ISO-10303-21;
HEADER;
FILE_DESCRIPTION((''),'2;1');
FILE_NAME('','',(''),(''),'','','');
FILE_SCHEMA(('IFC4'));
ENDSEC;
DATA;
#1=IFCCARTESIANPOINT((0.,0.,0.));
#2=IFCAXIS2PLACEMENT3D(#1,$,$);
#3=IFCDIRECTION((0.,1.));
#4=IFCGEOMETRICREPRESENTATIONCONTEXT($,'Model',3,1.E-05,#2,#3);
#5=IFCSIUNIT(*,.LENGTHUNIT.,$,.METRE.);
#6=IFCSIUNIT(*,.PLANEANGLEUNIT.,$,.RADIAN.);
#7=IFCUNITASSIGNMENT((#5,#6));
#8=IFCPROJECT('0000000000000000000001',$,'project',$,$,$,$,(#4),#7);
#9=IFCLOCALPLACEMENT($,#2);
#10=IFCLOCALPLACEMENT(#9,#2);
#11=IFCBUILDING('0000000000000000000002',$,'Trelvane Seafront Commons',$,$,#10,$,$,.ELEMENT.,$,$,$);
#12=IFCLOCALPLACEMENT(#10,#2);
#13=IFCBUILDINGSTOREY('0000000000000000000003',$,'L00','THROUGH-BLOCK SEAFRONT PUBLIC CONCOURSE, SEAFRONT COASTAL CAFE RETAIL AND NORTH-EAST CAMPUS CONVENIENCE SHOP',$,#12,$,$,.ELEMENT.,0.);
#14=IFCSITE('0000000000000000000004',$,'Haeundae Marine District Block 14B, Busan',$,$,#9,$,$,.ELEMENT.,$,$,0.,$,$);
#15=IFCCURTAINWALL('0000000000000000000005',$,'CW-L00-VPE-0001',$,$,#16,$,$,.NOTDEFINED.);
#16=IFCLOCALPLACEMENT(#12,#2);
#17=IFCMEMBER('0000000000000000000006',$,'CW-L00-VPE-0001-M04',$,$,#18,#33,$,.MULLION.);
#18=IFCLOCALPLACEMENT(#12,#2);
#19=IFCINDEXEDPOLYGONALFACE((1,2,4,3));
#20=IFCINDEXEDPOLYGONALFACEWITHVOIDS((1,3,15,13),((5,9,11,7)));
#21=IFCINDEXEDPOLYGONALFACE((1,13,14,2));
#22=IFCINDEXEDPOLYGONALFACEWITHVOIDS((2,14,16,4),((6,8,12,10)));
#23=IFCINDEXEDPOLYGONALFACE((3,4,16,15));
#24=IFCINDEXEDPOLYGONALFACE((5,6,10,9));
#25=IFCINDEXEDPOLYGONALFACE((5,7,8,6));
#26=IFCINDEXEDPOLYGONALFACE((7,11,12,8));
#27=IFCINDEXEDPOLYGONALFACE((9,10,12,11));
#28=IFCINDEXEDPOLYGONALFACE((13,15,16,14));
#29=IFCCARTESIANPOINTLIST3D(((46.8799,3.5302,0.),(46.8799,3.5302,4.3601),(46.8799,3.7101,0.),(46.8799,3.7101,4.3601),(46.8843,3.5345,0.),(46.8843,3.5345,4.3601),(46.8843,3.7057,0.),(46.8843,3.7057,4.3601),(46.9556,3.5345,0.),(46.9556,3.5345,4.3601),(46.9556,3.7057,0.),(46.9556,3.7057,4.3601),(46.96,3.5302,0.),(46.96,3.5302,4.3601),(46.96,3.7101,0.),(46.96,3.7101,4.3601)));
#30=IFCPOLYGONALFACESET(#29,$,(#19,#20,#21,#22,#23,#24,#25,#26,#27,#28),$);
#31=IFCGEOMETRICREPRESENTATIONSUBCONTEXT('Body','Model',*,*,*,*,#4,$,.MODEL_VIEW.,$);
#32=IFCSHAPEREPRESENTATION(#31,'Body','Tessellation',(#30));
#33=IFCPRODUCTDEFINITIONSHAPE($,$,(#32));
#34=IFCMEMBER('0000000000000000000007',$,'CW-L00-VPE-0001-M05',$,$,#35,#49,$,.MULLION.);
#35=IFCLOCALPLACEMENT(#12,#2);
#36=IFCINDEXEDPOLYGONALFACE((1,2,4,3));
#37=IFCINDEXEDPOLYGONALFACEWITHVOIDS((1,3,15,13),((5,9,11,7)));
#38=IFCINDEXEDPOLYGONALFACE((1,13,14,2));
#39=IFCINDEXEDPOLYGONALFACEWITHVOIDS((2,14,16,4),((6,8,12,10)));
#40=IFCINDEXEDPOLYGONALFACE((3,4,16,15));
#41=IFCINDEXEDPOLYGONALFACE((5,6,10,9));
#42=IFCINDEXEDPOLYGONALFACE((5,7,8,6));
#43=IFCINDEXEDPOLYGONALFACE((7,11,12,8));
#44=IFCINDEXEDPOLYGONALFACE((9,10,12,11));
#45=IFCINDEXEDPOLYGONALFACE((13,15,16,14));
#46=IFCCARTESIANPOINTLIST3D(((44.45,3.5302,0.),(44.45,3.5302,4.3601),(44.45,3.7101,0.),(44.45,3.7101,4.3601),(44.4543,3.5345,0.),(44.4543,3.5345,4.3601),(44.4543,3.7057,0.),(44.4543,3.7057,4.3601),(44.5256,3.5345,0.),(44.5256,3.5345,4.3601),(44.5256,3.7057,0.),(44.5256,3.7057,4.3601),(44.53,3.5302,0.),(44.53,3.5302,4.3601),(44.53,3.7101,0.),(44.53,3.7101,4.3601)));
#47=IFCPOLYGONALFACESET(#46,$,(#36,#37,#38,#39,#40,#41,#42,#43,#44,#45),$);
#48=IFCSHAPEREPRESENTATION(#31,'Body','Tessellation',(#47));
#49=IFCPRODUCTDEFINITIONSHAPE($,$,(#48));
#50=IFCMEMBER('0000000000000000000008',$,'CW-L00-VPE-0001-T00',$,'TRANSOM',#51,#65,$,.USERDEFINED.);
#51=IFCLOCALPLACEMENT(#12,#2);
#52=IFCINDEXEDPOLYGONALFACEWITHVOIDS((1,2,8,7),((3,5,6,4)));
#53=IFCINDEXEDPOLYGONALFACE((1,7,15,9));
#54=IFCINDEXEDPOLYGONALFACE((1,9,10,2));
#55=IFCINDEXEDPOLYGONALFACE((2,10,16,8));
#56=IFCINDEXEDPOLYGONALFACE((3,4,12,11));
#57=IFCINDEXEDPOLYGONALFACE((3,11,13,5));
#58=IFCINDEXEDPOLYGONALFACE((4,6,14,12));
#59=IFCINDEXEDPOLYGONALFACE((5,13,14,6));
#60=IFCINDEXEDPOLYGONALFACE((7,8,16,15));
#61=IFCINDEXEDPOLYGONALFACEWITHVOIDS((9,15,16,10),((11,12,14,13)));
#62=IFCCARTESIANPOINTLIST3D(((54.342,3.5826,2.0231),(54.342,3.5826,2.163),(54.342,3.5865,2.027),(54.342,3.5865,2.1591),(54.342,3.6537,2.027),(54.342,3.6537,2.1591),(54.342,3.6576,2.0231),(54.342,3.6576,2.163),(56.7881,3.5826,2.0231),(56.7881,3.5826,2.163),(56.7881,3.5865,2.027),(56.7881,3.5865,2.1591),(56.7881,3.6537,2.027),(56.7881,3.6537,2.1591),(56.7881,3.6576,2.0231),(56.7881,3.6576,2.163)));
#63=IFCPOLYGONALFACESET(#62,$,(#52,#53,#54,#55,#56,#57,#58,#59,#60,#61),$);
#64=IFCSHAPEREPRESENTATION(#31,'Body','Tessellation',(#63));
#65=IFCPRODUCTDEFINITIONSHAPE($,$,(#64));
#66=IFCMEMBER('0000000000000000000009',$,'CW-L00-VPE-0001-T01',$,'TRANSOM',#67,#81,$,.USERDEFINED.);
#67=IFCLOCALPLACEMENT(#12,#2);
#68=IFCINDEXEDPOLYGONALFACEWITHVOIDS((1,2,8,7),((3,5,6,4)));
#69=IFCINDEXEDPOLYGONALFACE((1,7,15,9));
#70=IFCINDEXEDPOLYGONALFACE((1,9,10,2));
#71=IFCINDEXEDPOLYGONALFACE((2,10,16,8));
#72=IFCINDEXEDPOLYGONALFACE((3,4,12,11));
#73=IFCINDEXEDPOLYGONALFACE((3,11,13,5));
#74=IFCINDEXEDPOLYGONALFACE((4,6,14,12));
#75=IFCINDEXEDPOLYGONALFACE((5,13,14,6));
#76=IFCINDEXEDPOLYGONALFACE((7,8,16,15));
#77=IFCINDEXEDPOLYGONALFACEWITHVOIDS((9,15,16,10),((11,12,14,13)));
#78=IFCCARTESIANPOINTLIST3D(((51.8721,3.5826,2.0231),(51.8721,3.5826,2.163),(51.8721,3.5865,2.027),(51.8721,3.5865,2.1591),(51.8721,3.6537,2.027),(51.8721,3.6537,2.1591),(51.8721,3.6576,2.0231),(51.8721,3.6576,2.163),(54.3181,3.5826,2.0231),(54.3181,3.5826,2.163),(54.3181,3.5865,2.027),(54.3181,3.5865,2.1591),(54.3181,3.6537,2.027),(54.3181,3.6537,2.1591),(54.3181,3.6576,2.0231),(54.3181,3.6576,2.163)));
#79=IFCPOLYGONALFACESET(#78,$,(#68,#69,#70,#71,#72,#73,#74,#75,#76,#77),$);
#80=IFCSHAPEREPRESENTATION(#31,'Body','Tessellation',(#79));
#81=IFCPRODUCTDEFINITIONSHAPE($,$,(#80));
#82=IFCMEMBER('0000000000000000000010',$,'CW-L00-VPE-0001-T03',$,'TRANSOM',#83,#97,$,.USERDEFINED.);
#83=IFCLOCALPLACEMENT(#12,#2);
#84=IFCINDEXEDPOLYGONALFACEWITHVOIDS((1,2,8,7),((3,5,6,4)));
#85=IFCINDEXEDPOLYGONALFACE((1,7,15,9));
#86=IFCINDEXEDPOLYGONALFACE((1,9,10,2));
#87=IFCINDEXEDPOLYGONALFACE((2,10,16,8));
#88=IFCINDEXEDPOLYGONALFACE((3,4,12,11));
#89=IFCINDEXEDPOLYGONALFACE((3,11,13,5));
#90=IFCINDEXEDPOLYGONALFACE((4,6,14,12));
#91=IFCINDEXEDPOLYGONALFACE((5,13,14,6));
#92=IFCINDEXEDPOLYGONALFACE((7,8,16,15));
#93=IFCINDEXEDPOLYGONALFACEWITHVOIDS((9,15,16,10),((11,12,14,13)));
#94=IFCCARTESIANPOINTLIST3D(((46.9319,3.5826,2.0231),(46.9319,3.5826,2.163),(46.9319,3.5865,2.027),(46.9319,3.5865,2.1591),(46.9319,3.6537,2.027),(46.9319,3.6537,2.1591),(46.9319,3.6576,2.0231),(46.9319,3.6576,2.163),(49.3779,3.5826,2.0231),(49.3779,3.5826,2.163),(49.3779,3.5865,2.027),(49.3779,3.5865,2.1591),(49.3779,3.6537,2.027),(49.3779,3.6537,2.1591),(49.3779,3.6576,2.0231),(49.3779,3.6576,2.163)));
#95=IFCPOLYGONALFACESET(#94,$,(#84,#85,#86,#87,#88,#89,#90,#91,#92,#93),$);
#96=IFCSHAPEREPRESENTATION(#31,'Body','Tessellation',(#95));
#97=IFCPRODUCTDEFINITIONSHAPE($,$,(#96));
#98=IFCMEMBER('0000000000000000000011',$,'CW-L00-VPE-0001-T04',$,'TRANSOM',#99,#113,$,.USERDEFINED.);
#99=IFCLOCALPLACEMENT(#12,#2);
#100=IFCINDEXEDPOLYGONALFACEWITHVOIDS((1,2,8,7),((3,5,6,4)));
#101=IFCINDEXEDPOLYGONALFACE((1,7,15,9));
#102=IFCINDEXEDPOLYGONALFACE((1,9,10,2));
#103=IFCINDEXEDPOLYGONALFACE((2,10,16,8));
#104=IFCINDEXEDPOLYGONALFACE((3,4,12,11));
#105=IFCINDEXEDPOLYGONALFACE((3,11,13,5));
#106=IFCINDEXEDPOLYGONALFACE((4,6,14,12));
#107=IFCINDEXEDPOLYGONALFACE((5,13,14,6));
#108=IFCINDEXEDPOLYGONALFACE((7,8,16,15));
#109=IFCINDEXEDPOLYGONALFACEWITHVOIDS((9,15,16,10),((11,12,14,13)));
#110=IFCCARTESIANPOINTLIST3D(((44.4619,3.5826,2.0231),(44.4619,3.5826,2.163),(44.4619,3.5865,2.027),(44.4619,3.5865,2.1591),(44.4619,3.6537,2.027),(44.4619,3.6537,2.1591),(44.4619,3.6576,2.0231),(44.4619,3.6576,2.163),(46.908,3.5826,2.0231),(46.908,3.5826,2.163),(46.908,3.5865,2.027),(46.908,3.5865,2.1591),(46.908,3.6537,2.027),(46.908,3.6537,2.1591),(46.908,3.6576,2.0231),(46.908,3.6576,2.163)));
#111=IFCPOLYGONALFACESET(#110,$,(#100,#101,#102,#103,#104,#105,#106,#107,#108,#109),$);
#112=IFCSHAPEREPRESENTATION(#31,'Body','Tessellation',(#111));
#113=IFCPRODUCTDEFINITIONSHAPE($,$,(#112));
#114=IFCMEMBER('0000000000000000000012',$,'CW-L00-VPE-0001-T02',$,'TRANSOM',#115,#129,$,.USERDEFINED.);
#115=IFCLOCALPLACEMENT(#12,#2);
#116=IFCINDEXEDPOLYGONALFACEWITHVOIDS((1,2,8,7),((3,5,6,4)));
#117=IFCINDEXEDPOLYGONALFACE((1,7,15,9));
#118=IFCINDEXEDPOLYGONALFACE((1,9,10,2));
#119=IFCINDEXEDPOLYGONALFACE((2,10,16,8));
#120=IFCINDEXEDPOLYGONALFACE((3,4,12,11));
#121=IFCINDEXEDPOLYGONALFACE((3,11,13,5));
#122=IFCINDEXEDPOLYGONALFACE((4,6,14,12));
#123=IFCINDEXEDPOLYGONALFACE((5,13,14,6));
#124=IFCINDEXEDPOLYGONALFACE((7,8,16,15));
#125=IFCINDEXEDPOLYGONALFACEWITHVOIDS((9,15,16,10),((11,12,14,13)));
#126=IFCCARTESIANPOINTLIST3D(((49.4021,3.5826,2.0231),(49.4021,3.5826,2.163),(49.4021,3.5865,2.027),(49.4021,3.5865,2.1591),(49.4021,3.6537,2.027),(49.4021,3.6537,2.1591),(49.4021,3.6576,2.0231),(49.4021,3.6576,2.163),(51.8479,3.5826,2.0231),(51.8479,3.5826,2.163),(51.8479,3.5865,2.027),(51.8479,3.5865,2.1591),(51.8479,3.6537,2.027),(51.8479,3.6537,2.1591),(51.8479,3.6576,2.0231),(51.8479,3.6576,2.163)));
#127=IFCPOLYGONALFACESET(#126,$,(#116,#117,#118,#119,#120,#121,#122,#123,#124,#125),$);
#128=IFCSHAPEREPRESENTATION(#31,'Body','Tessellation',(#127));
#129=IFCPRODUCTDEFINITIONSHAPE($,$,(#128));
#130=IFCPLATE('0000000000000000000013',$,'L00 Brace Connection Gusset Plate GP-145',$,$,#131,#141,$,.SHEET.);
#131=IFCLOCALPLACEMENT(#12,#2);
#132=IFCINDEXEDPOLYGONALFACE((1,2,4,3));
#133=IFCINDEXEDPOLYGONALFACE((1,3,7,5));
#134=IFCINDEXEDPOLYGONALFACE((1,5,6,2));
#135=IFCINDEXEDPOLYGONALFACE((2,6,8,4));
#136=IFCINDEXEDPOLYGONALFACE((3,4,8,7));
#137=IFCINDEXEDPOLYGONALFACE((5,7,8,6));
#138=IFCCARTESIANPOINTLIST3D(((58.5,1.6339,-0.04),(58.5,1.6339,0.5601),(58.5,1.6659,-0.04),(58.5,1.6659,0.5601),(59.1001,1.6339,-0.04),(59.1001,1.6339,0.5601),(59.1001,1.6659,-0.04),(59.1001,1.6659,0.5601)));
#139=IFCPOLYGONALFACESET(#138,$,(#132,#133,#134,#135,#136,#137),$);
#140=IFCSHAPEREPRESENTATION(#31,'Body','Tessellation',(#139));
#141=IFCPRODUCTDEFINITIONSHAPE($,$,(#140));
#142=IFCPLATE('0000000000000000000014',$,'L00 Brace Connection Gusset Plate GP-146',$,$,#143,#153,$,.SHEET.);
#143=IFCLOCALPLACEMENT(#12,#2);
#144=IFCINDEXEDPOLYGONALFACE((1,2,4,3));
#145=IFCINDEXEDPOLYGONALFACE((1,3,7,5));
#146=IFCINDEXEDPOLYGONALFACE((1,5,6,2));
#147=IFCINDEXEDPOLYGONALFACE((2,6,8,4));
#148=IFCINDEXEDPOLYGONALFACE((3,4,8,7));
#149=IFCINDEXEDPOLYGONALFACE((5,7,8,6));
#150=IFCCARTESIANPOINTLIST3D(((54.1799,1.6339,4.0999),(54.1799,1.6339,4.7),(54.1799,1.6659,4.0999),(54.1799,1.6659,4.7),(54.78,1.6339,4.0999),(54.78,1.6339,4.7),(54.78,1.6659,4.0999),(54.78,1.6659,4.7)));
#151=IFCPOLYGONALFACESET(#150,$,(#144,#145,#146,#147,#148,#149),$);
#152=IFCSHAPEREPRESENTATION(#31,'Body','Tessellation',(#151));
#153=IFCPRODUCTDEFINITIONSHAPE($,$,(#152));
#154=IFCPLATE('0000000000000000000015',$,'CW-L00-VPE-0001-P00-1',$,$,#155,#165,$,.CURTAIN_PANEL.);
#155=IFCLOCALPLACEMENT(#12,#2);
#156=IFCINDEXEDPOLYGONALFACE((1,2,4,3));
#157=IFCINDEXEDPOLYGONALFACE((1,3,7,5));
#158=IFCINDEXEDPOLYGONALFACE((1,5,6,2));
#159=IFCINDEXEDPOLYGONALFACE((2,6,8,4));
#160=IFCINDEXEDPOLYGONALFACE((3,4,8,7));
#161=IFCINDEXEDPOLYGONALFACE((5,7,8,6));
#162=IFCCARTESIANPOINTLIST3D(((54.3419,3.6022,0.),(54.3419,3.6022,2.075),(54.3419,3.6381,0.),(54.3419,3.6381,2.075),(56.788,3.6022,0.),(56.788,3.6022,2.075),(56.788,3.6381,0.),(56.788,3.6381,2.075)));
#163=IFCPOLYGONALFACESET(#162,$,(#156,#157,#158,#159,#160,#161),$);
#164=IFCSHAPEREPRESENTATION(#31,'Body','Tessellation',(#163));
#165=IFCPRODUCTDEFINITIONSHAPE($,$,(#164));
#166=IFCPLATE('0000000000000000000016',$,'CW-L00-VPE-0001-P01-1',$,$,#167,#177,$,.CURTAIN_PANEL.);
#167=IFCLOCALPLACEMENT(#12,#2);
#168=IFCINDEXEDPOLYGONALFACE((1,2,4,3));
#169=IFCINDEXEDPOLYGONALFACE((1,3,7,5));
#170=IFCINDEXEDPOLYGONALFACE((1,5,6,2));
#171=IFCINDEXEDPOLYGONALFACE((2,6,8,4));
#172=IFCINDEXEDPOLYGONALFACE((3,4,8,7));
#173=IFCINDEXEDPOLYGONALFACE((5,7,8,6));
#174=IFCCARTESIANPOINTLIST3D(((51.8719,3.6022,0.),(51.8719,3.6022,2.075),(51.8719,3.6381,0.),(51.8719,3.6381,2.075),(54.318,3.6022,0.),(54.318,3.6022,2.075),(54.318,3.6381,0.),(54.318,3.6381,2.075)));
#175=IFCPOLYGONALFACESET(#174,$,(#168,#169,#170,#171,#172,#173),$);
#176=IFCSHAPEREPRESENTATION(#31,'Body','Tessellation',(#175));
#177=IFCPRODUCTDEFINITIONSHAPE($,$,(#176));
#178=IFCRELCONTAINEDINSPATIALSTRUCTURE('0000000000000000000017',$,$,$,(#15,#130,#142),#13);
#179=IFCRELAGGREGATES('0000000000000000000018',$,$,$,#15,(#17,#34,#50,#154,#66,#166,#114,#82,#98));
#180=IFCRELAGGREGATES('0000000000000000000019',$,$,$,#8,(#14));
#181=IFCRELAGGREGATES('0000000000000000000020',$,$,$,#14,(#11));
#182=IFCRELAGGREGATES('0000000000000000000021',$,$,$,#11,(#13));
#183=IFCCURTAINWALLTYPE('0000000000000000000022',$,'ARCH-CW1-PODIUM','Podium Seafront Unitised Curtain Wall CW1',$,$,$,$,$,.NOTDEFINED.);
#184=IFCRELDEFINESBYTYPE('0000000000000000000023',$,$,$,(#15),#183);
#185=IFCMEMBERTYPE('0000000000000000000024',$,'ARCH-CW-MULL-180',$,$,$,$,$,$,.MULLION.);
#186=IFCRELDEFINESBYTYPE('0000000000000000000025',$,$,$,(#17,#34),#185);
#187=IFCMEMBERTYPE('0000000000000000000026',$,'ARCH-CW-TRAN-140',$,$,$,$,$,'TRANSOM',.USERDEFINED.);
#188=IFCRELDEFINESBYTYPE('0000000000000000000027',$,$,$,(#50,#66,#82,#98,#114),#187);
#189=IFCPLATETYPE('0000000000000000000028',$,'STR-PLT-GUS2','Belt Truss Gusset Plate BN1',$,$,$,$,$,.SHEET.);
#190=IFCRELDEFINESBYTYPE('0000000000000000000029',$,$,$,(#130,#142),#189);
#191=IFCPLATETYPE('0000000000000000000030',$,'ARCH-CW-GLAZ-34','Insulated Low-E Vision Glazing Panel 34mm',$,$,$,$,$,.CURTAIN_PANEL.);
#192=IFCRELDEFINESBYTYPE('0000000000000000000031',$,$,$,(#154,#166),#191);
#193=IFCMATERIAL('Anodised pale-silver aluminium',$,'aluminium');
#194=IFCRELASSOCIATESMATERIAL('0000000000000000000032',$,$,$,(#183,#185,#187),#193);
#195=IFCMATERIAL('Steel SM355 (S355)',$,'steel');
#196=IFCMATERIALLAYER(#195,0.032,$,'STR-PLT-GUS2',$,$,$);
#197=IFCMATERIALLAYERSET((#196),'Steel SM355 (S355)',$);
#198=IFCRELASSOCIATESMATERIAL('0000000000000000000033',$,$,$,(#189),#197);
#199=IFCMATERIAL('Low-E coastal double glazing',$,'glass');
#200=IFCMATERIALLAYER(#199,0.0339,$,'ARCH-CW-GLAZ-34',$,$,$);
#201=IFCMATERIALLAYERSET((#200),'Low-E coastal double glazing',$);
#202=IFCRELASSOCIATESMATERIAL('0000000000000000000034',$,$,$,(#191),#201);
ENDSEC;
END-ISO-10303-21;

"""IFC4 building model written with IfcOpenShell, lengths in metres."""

from ifc_helpers import new_model, si_unit, direction, frame, origin, origin_2d, place, context, subcontext, project, spatial, rectangle, hollow_rectangle, extrude, source, transform, mapped, material, layer, layer_set, material_profile, profile_set, type_object, element, aggregate, save


model = new_model("IFC4")

# Units and contexts
model_context = context("Model", 3, precision=1e-05, world=origin(), true_north=direction((0.0, 1.0)))
body_context = subcontext(model_context, "Body", "Model", "MODEL_VIEW")
ifc_project = project(units=[si_unit("LENGTHUNIT", "METRE"), si_unit("PLANEANGLEUNIT", "RADIAN")], contexts=[model_context])

# Site, building, storey
site_placement = place(None, origin())
site = spatial("IfcSite", under=ifc_project, at=site_placement, Name="Haeundae Marine District Block 14B, Busan", CompositionType="ELEMENT", RefElevation=0.0)
building_placement = place(site_placement, origin())
building = spatial("IfcBuilding", under=site, at=building_placement, Name="Trelvane Seafront Commons", CompositionType="ELEMENT")
storey_placement = place(building_placement, origin())
storey = spatial("IfcBuildingStorey", under=building, at=storey_placement, Name="L00", Description="THROUGH-BLOCK SEAFRONT PUBLIC CONCOURSE, SEAFRONT COASTAL CAFE RETAIL AND NORTH-EAST CAMPUS CONVENIENCE SHOP", CompositionType="ELEMENT", Elevation=0.0)

# Shared definitions
ifc_material_1 = material(Name="Steel SM355 (S355)", Category="steel")

# Curtain wall, members
ifc_material_2 = material(Name="Anodised pale-silver aluminium", Category="aluminium")
curtain_wall_type = type_object("IfcCurtainWallType", Name="ARCH-CW1-PODIUM", Description="Podium Seafront Unitised Curtain Wall CW1", PredefinedType="NOTDEFINED", material=ifc_material_2)
curtain_wall_placement = place(storey_placement, origin())
curtain_wall = element("IfcCurtainWall", 1, at=curtain_wall_placement, inside=storey, type_object=curtain_wall_type, Name="CW-L00-VPE-0001", PredefinedType="NOTDEFINED")
ifc_material_profile_1 = material_profile(ifc_material_2, hollow_rectangle(XDim=0.0801, YDim=0.1799, WallThickness=0.0044, at=origin_2d()), Name="MULL-80x180x4.5")
ifc_profile_set_1 = profile_set([ifc_material_profile_1], Name="Anodised pale-silver aluminium")
member_type_1 = type_object("IfcMemberType", Name="ARCH-CW-MULL-180", PredefinedType="MULLION", material=ifc_profile_set_1)
shared_shape_1 = source(origin(), body_context, "Body", "SweptSolid", [
    extrude(hollow_rectangle(XDim=0.0801, YDim=0.1799, WallThickness=0.0044, at=origin_2d()), origin(), (0.0, 0.0, 1.0), 4.3601),
])
member_1_placement = place(storey_placement, frame((46.9199, 3.6201, 0.0), z_axis=(0.0, 0.0, 1.0), x_axis=(1.0, 0.0, 0.0)))
member_1 = element("IfcMember", 2, at=member_1_placement, type_object=member_type_1, Name="CW-L00-VPE-0001-M04", PredefinedType="MULLION", context=body_context, shape_type="MappedRepresentation", body=[
    mapped(shared_shape_1, transform((0.0, 0.0, 0.0), x_axis=(1.0, 0.0, 0.0), y_axis=(0.0, 1.0, 0.0), z_axis=(0.0, 0.0, 1.0), scale=1.0)),
])
member_2_placement = place(storey_placement, frame((44.49, 3.6201, 0.0), z_axis=(0.0, 0.0, 1.0), x_axis=(1.0, 0.0, 0.0)))
member_2 = element("IfcMember", 3, at=member_2_placement, type_object=member_type_1, Name="CW-L00-VPE-0001-M05", PredefinedType="MULLION", context=body_context, shape_type="MappedRepresentation", body=[
    mapped(shared_shape_1, transform((0.0, 0.0, 0.0), x_axis=(1.0, 0.0, 0.0), y_axis=(0.0, 1.0, 0.0), z_axis=(0.0, 0.0, 1.0), scale=1.0)),
])
ifc_material_profile_2 = material_profile(ifc_material_2, hollow_rectangle(XDim=0.075, YDim=0.1399, WallThickness=0.0039, at=origin_2d()), Name="TRAN-75x140x4")
ifc_profile_set_2 = profile_set([ifc_material_profile_2], Name="Anodised pale-silver aluminium")
member_type_2 = type_object("IfcMemberType", Name="ARCH-CW-TRAN-140", ElementType="TRANSOM", PredefinedType="USERDEFINED", material=ifc_profile_set_2)
shared_shape_2 = source(origin(), body_context, "Body", "SweptSolid", [
    extrude(hollow_rectangle(XDim=0.075, YDim=0.1399, WallThickness=0.0039, at=origin_2d()), origin(), (0.0, 0.0, 1.0), 2.446),
])
member_3_placement = place(storey_placement, frame((56.7881, 3.6201, 2.093), z_axis=(-1.0, 0.0, 0.0), x_axis=(0.0, -1.0, 0.0)))
member_3 = element("IfcMember", 4, at=member_3_placement, type_object=member_type_2, Name="CW-L00-VPE-0001-T00", ObjectType="TRANSOM", PredefinedType="USERDEFINED", context=body_context, shape_type="MappedRepresentation", body=[
    mapped(shared_shape_2, transform((0.0, 0.0, 0.0), x_axis=(1.0, 0.0, 0.0), y_axis=(0.0, 1.0, 0.0), z_axis=(0.0, 0.0, 1.0), scale=1.0)),
])
member_4_placement = place(storey_placement, frame((54.3181, 3.6201, 2.093), z_axis=(-1.0, 0.0, 0.0), x_axis=(0.0, -1.0, 0.0)))
member_4 = element("IfcMember", 5, at=member_4_placement, type_object=member_type_2, Name="CW-L00-VPE-0001-T01", ObjectType="TRANSOM", PredefinedType="USERDEFINED", context=body_context, shape_type="MappedRepresentation", body=[
    mapped(shared_shape_2, transform((0.0, 0.0, 0.0), x_axis=(1.0, 0.0, 0.0), y_axis=(0.0, 1.0, 0.0), z_axis=(0.0, 0.0, 1.0), scale=1.0)),
])
member_5_placement = place(storey_placement, frame((49.3779, 3.6201, 2.093), z_axis=(-1.0, 0.0, 0.0), x_axis=(0.0, -1.0, 0.0)))
member_5 = element("IfcMember", 6, at=member_5_placement, type_object=member_type_2, Name="CW-L00-VPE-0001-T03", ObjectType="TRANSOM", PredefinedType="USERDEFINED", context=body_context, shape_type="MappedRepresentation", body=[
    mapped(shared_shape_2, transform((0.0, 0.0, 0.0), x_axis=(1.0, 0.0, 0.0), y_axis=(0.0, 1.0, 0.0), z_axis=(0.0, 0.0, 1.0), scale=1.0)),
])
member_6_placement = place(storey_placement, frame((46.908, 3.6201, 2.093), z_axis=(-1.0, 0.0, 0.0), x_axis=(0.0, -1.0, 0.0)))
member_6 = element("IfcMember", 7, at=member_6_placement, type_object=member_type_2, Name="CW-L00-VPE-0001-T04", ObjectType="TRANSOM", PredefinedType="USERDEFINED", context=body_context, shape_type="MappedRepresentation", body=[
    mapped(shared_shape_2, transform((0.0, 0.0, 0.0), x_axis=(1.0, 0.0, 0.0), y_axis=(0.0, 1.0, 0.0), z_axis=(0.0, 0.0, 1.0), scale=1.0)),
])
shared_shape_3 = source(origin(), body_context, "Body", "SweptSolid", [
    extrude(hollow_rectangle(XDim=0.075, YDim=0.1399, WallThickness=0.0039, at=origin_2d()), origin(), (0.0, 0.0, 1.0), 2.4458),
])
member_7_placement = place(storey_placement, frame((51.8479, 3.6201, 2.093), z_axis=(-1.0, 0.0, 0.0), x_axis=(0.0, -1.0, 0.0)))
member_7 = element("IfcMember", 8, at=member_7_placement, type_object=member_type_2, Name="CW-L00-VPE-0001-T02", ObjectType="TRANSOM", PredefinedType="USERDEFINED", context=body_context, shape_type="MappedRepresentation", body=[
    mapped(shared_shape_3, transform((0.0, 0.0, 0.0), x_axis=(1.0, 0.0, 0.0), y_axis=(0.0, 1.0, 0.0), z_axis=(0.0, 0.0, 1.0), scale=1.0)),
])

# Plates
ifc_layer_1 = layer(ifc_material_1, 0.032, Name="STR-PLT-GUS2")
ifc_layer_set_1 = layer_set([ifc_layer_1], Name="Steel SM355 (S355)")
plate_type_1 = type_object("IfcPlateType", Name="STR-PLT-GUS2", Description="Belt Truss Gusset Plate BN1", PredefinedType="SHEET", material=ifc_layer_set_1)
shared_shape_4 = source(origin(), body_context, "Body", "SweptSolid", [
    extrude(rectangle(XDim=0.6001, YDim=0.032, at=origin_2d()), origin(), (0.0, 0.0, 1.0), 0.6001),
])
for number, where, z_axis, x_axis, name in (
    (9, (58.8, 1.6499, -0.04), (0.0, 0.0, 1.0), (1.0, 0.0, 0.0), "L00 Brace Connection Gusset Plate GP-145"),
    (10, (54.48, 1.6499, 4.0999), (0.0, 0.0, 1.0), (1.0, 0.0, 0.0), "L00 Brace Connection Gusset Plate GP-146"),
):
    element("IfcPlate", number, at=place(storey_placement, frame(where, z_axis=z_axis, x_axis=x_axis)), inside=storey, type_object=plate_type_1, Name=name, PredefinedType="SHEET", context=body_context, shape_type="MappedRepresentation", body=[
        mapped(shared_shape_4, transform((0.0, 0.0, 0.0), x_axis=(1.0, 0.0, 0.0), y_axis=(0.0, 1.0, 0.0), z_axis=(0.0, 0.0, 1.0), scale=1.0)),
    ])

# Plates
ifc_material_3 = material(Name="Low-E coastal double glazing", Category="glass")
ifc_layer_2 = layer(ifc_material_3, 0.0339, Name="ARCH-CW-GLAZ-34")
ifc_layer_set_2 = layer_set([ifc_layer_2], Name="Low-E coastal double glazing")
plate_type_2 = type_object("IfcPlateType", Name="ARCH-CW-GLAZ-34", Description="Insulated Low-E Vision Glazing Panel 34mm", PredefinedType="CURTAIN_PANEL", material=ifc_layer_set_2)
shared_shape_5 = source(origin(), body_context, "Body", "SweptSolid", [
    extrude(rectangle(XDim=2.446, YDim=0.0359, at=origin_2d()), origin(), (0.0, 0.0, 1.0), 2.075),
])
plate_1_placement = place(storey_placement, frame((55.5649, 3.6201, 0.0), z_axis=(0.0, 0.0, 1.0), x_axis=(-1.0, 0.0, 0.0)))
plate_1 = element("IfcPlate", 11, at=plate_1_placement, type_object=plate_type_2, Name="CW-L00-VPE-0001-P00-1", PredefinedType="CURTAIN_PANEL", context=body_context, shape_type="MappedRepresentation", body=[
    mapped(shared_shape_5, transform((0.0, 0.0, 0.0), x_axis=(1.0, 0.0, 0.0), y_axis=(0.0, 1.0, 0.0), z_axis=(0.0, 0.0, 1.0), scale=1.0)),
])
plate_2_placement = place(storey_placement, frame((53.095, 3.6201, 0.0), z_axis=(0.0, 0.0, 1.0), x_axis=(-1.0, 0.0, 0.0)))
plate_2 = element("IfcPlate", 12, at=plate_2_placement, type_object=plate_type_2, Name="CW-L00-VPE-0001-P01-1", PredefinedType="CURTAIN_PANEL", context=body_context, shape_type="MappedRepresentation", body=[
    mapped(shared_shape_5, transform((0.0, 0.0, 0.0), x_axis=(1.0, 0.0, 0.0), y_axis=(0.0, 1.0, 0.0), z_axis=(0.0, 0.0, 1.0), scale=1.0)),
])
aggregate(curtain_wall, [member_1, member_2, member_3, plate_1, member_4, plate_2, member_7, member_5, member_6])

save(model, "model.ifc")
